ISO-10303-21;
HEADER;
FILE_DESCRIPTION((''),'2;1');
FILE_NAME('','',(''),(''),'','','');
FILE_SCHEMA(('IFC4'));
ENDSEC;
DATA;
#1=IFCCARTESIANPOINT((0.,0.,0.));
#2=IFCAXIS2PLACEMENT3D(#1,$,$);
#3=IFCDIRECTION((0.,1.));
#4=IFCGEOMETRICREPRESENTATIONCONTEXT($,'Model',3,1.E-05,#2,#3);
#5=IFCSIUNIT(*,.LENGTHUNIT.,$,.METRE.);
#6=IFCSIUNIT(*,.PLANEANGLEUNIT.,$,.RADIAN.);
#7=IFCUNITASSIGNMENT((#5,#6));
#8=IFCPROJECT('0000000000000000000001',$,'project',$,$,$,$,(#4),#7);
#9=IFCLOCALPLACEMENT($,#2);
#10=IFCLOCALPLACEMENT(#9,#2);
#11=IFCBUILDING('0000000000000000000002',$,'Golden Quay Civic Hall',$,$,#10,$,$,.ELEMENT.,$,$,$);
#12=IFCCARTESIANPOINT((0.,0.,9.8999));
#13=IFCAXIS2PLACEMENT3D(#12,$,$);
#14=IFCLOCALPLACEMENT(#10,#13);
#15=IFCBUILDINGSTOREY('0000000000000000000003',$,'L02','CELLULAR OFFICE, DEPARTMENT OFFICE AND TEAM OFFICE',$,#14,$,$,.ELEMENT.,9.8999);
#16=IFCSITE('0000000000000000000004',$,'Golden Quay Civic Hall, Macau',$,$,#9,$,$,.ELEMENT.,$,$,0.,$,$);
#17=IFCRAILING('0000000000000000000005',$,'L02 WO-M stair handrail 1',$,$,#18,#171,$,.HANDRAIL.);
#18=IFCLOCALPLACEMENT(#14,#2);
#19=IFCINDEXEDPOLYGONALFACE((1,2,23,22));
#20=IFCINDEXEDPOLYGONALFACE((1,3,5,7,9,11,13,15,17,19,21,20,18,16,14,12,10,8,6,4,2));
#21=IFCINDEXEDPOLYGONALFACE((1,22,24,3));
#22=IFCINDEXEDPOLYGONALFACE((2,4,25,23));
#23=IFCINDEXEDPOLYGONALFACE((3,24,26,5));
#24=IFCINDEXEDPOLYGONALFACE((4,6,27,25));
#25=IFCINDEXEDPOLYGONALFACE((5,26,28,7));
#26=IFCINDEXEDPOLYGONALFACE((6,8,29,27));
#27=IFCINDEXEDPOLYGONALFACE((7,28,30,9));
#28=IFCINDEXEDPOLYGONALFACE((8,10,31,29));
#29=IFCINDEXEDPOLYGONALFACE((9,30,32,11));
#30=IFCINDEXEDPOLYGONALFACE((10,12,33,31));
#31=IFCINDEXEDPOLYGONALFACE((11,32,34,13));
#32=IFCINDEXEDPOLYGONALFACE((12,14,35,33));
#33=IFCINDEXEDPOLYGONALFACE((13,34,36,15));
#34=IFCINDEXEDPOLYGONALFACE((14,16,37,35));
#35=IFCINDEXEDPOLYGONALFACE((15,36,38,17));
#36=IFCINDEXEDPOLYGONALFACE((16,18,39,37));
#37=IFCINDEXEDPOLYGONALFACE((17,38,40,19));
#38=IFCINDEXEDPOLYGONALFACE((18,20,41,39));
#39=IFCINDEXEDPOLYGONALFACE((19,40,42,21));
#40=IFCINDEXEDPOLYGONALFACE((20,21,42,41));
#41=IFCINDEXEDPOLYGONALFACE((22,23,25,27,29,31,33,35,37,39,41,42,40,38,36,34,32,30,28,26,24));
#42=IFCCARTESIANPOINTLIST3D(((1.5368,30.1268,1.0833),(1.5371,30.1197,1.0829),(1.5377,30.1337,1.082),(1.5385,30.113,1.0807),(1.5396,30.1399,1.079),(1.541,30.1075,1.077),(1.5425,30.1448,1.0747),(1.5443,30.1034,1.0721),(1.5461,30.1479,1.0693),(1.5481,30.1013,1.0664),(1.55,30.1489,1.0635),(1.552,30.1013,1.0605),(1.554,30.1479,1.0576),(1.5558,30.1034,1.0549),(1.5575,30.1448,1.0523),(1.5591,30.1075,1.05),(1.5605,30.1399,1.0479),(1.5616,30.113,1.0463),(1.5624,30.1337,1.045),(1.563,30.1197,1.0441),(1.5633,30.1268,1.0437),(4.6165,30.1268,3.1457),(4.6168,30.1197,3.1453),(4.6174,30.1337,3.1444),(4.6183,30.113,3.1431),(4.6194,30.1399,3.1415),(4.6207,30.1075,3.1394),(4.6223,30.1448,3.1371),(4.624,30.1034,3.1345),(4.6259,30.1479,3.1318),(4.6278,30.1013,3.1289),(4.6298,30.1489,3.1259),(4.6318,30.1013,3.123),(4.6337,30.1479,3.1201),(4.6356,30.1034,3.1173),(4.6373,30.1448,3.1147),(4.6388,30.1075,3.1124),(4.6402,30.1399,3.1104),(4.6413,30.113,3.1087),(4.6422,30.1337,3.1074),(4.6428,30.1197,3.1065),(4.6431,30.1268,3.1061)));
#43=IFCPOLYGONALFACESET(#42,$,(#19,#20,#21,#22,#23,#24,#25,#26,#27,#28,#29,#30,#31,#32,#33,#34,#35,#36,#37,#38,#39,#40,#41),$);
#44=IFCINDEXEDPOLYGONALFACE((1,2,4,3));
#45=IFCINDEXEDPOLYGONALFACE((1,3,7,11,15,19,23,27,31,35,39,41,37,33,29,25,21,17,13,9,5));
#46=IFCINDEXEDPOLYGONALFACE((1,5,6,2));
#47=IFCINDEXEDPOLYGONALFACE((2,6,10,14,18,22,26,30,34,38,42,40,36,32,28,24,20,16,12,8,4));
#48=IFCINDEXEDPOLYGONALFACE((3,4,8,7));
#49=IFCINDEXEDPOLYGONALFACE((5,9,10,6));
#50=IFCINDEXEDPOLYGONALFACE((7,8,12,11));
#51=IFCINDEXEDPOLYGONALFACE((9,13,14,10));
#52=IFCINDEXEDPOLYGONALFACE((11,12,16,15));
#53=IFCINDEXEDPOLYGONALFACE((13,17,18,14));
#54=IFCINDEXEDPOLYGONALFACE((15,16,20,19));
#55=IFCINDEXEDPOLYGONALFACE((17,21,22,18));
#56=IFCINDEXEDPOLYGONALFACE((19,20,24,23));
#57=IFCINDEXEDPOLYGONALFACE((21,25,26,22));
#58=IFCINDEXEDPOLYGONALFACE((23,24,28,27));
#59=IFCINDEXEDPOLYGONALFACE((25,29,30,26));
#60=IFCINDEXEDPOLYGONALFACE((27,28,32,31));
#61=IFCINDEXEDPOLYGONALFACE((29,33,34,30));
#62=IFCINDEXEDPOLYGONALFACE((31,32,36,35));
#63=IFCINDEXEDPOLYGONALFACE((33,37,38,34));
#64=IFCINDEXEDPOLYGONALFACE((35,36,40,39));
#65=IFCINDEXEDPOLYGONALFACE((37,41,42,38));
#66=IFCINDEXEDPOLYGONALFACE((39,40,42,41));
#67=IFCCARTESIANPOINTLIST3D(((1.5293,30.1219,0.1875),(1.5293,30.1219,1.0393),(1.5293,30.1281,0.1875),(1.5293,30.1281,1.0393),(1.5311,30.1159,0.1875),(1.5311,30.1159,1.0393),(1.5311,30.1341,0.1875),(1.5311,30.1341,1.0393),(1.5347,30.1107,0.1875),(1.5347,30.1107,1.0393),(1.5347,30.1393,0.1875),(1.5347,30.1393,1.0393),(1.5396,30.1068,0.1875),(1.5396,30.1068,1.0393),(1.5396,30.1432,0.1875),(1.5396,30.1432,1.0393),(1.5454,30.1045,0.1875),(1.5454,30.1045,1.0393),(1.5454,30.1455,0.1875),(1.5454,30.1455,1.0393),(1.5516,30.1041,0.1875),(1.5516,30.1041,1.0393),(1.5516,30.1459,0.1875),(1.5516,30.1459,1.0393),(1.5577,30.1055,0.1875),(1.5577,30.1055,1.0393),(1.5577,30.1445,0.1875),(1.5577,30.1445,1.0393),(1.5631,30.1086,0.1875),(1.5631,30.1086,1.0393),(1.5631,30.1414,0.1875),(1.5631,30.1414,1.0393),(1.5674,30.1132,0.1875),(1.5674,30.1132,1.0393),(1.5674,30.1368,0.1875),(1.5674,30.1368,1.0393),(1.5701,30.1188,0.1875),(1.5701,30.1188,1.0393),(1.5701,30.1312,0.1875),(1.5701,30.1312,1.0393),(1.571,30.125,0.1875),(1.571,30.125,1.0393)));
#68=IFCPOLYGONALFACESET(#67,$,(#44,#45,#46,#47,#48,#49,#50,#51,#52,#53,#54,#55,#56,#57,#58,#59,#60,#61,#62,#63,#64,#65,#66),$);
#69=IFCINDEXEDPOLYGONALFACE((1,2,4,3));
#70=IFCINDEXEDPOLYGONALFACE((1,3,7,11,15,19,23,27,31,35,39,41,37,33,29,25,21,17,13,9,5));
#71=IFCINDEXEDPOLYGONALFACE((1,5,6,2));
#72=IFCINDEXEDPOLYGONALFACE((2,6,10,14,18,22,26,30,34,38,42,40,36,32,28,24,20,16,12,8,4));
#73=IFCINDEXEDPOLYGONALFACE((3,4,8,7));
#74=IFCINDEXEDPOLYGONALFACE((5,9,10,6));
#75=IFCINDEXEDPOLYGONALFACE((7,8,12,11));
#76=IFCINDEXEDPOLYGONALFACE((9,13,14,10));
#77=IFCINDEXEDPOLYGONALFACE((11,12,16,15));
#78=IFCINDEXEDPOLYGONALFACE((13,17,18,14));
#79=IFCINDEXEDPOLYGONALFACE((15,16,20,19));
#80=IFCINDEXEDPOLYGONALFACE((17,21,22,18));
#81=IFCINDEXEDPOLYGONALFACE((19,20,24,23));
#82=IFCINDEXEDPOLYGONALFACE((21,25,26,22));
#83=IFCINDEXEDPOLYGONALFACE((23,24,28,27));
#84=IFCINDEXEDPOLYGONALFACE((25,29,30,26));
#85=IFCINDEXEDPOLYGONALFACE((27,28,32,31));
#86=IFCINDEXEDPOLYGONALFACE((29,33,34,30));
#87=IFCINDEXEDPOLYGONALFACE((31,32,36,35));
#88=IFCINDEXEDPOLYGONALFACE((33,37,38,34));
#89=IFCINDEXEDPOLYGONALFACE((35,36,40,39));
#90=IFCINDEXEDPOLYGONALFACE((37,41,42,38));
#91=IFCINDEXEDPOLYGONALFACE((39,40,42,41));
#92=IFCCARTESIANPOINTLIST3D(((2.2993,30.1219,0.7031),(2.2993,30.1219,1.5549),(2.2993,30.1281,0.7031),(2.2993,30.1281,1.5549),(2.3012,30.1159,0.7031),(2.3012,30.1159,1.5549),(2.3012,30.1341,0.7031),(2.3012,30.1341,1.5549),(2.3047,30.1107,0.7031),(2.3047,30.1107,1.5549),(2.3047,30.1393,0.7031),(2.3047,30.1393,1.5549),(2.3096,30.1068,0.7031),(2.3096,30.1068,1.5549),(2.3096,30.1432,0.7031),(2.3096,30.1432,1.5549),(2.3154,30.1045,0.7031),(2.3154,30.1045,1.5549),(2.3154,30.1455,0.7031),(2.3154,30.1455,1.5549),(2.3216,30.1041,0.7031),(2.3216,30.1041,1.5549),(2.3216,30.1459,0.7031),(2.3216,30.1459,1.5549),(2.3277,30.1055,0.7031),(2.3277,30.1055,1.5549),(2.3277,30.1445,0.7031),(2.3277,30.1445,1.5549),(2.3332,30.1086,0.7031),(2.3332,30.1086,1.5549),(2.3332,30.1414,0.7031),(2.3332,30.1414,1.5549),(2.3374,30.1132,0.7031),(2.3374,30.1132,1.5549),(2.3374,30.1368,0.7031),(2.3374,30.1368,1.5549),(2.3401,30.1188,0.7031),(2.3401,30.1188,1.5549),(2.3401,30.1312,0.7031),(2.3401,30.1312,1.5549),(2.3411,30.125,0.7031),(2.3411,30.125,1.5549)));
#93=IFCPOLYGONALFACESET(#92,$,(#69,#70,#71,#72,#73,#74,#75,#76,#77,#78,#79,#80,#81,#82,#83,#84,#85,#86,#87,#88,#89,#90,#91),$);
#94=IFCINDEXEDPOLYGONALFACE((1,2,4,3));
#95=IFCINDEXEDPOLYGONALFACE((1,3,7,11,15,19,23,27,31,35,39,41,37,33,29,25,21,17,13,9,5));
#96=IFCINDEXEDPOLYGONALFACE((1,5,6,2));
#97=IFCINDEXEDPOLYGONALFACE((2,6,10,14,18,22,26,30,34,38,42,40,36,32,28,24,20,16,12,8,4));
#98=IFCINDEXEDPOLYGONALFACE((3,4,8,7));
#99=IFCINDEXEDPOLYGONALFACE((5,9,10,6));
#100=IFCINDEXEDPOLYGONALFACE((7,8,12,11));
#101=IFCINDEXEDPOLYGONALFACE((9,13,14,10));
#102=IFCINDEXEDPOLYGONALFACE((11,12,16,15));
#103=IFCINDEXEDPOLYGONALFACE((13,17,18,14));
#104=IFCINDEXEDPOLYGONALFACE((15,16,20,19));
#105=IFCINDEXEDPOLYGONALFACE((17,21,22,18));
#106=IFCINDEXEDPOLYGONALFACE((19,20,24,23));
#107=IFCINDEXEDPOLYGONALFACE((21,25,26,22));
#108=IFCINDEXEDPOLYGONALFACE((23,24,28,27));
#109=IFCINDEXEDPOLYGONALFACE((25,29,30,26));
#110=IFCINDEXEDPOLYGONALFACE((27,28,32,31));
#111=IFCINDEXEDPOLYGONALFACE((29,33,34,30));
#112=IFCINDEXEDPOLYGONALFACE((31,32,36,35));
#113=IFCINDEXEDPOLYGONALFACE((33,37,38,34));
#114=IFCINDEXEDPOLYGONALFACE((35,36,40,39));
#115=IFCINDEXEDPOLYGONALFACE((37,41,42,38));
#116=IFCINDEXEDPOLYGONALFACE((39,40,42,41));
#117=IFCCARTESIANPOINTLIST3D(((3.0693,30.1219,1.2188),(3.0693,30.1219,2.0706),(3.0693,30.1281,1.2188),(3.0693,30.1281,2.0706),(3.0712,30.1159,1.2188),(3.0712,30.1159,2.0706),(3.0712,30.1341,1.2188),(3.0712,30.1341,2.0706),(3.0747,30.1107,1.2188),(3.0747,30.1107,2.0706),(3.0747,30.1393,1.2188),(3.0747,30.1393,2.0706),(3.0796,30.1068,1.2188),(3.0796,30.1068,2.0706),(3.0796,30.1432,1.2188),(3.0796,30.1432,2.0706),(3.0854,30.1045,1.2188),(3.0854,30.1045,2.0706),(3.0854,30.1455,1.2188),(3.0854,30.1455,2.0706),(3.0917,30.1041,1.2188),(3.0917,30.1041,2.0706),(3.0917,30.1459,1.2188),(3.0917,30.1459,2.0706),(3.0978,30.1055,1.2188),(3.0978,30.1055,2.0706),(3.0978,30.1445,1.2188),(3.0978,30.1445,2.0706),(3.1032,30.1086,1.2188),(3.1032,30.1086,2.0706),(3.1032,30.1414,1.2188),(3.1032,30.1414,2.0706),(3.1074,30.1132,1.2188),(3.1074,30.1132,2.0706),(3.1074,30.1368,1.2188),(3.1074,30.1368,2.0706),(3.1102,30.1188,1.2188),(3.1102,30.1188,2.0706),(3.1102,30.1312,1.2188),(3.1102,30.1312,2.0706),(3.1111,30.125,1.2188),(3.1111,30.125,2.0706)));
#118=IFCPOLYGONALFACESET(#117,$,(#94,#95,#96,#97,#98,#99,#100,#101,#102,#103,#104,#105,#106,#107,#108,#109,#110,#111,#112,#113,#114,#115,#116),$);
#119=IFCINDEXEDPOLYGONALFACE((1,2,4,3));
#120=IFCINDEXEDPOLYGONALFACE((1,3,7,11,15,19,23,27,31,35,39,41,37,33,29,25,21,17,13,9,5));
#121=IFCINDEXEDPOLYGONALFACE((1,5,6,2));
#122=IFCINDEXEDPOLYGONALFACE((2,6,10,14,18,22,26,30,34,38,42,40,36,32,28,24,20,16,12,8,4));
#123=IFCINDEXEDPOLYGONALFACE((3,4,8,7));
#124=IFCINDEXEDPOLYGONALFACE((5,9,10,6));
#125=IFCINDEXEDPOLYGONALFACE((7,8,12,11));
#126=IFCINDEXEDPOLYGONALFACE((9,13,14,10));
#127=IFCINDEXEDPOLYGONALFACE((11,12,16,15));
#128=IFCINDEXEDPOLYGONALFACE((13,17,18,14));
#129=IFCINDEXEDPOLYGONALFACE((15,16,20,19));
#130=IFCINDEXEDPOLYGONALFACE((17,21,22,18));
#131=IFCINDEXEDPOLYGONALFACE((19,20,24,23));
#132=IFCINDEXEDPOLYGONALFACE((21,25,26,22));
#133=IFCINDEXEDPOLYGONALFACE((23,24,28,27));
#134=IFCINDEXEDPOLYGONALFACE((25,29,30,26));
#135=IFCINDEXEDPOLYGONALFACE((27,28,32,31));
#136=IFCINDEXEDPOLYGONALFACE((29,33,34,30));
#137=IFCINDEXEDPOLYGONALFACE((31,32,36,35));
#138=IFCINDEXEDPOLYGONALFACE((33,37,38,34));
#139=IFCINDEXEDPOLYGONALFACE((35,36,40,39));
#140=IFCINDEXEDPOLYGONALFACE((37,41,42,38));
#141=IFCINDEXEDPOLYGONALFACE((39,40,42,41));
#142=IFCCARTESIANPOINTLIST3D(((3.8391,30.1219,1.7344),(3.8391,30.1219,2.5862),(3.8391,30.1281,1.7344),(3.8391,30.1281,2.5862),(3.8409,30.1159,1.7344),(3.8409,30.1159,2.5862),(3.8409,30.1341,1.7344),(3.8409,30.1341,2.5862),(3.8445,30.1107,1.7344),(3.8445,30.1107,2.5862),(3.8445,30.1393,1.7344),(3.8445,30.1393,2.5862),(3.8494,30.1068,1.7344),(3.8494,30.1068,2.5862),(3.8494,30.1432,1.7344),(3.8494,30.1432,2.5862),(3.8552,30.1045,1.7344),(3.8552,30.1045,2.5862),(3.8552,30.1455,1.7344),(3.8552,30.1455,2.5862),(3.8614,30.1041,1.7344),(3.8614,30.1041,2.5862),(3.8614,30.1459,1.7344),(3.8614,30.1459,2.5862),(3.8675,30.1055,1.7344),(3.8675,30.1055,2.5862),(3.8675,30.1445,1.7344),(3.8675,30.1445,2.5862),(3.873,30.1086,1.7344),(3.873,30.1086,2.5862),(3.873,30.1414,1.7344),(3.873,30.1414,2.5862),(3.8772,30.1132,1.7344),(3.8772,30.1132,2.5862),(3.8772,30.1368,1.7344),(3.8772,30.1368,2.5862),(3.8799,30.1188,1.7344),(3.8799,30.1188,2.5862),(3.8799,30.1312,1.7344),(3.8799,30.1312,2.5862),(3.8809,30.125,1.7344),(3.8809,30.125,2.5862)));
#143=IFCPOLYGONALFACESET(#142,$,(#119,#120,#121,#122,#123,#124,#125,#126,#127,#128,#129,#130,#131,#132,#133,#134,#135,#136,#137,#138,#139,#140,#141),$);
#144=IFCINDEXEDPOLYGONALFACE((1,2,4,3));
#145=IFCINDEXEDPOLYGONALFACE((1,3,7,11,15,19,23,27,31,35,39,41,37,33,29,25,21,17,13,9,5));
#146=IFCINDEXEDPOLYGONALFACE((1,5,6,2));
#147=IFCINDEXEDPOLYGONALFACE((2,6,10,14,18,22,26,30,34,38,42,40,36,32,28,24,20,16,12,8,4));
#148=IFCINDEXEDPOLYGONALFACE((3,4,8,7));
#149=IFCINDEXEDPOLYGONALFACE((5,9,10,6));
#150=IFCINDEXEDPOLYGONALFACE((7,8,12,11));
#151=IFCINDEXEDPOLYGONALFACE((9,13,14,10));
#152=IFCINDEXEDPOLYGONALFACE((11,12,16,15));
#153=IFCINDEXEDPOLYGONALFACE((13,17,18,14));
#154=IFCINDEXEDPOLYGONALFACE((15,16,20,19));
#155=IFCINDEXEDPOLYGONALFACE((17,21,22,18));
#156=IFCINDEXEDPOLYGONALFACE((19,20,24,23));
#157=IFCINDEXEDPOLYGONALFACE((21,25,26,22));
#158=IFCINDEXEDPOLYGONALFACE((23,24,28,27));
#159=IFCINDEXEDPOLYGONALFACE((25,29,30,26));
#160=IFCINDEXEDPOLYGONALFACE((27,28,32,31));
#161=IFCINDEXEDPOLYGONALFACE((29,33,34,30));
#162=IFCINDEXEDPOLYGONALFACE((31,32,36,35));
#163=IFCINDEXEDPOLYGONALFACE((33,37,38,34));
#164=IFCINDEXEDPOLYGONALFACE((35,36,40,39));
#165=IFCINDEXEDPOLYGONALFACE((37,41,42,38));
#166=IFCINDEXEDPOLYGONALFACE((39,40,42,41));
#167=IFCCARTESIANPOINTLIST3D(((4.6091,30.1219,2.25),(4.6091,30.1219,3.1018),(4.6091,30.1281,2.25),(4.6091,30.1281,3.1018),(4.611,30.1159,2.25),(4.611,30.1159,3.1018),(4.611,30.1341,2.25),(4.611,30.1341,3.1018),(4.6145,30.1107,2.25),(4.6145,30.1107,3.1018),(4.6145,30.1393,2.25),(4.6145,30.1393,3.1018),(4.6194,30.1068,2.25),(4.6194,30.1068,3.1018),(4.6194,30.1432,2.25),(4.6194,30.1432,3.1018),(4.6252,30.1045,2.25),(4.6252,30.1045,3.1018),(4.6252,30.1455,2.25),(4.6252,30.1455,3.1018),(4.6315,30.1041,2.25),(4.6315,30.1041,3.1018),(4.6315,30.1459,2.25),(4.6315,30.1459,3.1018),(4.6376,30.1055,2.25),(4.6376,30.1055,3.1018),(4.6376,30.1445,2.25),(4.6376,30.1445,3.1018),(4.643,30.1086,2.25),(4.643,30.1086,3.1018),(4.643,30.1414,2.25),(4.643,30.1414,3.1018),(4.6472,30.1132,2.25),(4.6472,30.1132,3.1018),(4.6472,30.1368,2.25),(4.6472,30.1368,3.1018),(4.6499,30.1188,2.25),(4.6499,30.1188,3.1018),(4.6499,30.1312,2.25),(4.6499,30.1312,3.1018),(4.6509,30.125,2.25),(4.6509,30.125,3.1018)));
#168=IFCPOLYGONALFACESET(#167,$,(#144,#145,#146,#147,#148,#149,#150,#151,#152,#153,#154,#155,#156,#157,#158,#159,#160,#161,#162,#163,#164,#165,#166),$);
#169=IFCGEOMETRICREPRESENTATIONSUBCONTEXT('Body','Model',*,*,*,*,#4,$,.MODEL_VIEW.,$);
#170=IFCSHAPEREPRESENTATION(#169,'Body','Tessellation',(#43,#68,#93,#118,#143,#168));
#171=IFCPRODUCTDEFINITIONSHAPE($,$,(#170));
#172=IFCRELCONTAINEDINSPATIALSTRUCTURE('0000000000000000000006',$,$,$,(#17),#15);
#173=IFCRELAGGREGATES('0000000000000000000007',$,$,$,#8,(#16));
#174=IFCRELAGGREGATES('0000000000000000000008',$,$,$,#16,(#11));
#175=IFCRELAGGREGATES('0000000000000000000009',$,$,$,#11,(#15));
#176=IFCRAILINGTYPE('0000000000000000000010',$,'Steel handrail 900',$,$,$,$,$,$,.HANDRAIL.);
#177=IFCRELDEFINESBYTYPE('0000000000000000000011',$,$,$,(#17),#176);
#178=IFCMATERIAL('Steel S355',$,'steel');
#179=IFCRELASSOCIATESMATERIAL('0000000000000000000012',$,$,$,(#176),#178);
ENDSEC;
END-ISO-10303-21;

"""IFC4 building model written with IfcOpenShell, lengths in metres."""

from ifc_helpers import new_model, si_unit, direction, frame, origin, origin_2d, place, context, subcontext, project, spatial, circle, extrude, material, type_object, element, save


model = new_model("IFC4")

# Units and contexts
model_context = context("Model", 3, precision=1e-05, world=origin(), true_north=direction((0.0, 1.0)))
body_context = subcontext(model_context, "Body", "Model", "MODEL_VIEW")
ifc_project = project(units=[si_unit("LENGTHUNIT", "METRE"), si_unit("PLANEANGLEUNIT", "RADIAN")], contexts=[model_context])

# Site, building, storey
site_placement = place(None, origin())
site = spatial("IfcSite", under=ifc_project, at=site_placement, Name="Golden Quay Civic Hall, Macau", CompositionType="ELEMENT", RefElevation=0.0)
building_placement = place(site_placement, origin())
building = spatial("IfcBuilding", under=site, at=building_placement, Name="Golden Quay Civic Hall", CompositionType="ELEMENT")
storey_placement = place(building_placement, frame((0.0, 0.0, 9.8999)))
storey = spatial("IfcBuildingStorey", under=building, at=storey_placement, Name="L02", Description="CELLULAR OFFICE, DEPARTMENT OFFICE AND TEAM OFFICE", CompositionType="ELEMENT", Elevation=9.8999)

# Railing
ifc_material_1 = material(Name="Steel S355", Category="steel")
railing_type_1 = type_object("IfcRailingType", Name="Steel handrail 900", PredefinedType="HANDRAIL", material=ifc_material_1)
railing_1_placement = place(storey_placement, frame((1.55, 30.125, 0.1875)))
element("IfcRailing", 1, at=railing_1_placement, inside=storey, type_object=railing_type_1, Name="L02 WO-M stair handrail 1", PredefinedType="HANDRAIL", context=body_context, shape_type="SweptSolid", body=[
    extrude(circle(Radius=0.0239, at=origin_2d()), frame((0.0, 0.0, 0.876), z_axis=(0.830893, 0.0, 0.556432), x_axis=(0.0, 1.0, 0.0)), (0.0, 0.0, 1.0), 3.7065),
    extrude(circle(Radius=0.021, at=origin_2d()), origin(), (0.0, 0.0, 1.0), 0.8518),
    extrude(circle(Radius=0.021, at=origin_2d()), frame((0.77, 0.0, 0.5156)), (0.0, 0.0, 1.0), 0.8518),
    extrude(circle(Radius=0.021, at=origin_2d()), frame((1.54, 0.0, 1.0312)), (0.0, 0.0, 1.0), 0.8518),
    extrude(circle(Radius=0.021, at=origin_2d()), frame((2.3098, 0.0, 1.5469)), (0.0, 0.0, 1.0), 0.8518),
    extrude(circle(Radius=0.021, at=origin_2d()), frame((3.0798, 0.0, 2.0625)), (0.0, 0.0, 1.0), 0.8518),
])

save(model, "model.ifc")
